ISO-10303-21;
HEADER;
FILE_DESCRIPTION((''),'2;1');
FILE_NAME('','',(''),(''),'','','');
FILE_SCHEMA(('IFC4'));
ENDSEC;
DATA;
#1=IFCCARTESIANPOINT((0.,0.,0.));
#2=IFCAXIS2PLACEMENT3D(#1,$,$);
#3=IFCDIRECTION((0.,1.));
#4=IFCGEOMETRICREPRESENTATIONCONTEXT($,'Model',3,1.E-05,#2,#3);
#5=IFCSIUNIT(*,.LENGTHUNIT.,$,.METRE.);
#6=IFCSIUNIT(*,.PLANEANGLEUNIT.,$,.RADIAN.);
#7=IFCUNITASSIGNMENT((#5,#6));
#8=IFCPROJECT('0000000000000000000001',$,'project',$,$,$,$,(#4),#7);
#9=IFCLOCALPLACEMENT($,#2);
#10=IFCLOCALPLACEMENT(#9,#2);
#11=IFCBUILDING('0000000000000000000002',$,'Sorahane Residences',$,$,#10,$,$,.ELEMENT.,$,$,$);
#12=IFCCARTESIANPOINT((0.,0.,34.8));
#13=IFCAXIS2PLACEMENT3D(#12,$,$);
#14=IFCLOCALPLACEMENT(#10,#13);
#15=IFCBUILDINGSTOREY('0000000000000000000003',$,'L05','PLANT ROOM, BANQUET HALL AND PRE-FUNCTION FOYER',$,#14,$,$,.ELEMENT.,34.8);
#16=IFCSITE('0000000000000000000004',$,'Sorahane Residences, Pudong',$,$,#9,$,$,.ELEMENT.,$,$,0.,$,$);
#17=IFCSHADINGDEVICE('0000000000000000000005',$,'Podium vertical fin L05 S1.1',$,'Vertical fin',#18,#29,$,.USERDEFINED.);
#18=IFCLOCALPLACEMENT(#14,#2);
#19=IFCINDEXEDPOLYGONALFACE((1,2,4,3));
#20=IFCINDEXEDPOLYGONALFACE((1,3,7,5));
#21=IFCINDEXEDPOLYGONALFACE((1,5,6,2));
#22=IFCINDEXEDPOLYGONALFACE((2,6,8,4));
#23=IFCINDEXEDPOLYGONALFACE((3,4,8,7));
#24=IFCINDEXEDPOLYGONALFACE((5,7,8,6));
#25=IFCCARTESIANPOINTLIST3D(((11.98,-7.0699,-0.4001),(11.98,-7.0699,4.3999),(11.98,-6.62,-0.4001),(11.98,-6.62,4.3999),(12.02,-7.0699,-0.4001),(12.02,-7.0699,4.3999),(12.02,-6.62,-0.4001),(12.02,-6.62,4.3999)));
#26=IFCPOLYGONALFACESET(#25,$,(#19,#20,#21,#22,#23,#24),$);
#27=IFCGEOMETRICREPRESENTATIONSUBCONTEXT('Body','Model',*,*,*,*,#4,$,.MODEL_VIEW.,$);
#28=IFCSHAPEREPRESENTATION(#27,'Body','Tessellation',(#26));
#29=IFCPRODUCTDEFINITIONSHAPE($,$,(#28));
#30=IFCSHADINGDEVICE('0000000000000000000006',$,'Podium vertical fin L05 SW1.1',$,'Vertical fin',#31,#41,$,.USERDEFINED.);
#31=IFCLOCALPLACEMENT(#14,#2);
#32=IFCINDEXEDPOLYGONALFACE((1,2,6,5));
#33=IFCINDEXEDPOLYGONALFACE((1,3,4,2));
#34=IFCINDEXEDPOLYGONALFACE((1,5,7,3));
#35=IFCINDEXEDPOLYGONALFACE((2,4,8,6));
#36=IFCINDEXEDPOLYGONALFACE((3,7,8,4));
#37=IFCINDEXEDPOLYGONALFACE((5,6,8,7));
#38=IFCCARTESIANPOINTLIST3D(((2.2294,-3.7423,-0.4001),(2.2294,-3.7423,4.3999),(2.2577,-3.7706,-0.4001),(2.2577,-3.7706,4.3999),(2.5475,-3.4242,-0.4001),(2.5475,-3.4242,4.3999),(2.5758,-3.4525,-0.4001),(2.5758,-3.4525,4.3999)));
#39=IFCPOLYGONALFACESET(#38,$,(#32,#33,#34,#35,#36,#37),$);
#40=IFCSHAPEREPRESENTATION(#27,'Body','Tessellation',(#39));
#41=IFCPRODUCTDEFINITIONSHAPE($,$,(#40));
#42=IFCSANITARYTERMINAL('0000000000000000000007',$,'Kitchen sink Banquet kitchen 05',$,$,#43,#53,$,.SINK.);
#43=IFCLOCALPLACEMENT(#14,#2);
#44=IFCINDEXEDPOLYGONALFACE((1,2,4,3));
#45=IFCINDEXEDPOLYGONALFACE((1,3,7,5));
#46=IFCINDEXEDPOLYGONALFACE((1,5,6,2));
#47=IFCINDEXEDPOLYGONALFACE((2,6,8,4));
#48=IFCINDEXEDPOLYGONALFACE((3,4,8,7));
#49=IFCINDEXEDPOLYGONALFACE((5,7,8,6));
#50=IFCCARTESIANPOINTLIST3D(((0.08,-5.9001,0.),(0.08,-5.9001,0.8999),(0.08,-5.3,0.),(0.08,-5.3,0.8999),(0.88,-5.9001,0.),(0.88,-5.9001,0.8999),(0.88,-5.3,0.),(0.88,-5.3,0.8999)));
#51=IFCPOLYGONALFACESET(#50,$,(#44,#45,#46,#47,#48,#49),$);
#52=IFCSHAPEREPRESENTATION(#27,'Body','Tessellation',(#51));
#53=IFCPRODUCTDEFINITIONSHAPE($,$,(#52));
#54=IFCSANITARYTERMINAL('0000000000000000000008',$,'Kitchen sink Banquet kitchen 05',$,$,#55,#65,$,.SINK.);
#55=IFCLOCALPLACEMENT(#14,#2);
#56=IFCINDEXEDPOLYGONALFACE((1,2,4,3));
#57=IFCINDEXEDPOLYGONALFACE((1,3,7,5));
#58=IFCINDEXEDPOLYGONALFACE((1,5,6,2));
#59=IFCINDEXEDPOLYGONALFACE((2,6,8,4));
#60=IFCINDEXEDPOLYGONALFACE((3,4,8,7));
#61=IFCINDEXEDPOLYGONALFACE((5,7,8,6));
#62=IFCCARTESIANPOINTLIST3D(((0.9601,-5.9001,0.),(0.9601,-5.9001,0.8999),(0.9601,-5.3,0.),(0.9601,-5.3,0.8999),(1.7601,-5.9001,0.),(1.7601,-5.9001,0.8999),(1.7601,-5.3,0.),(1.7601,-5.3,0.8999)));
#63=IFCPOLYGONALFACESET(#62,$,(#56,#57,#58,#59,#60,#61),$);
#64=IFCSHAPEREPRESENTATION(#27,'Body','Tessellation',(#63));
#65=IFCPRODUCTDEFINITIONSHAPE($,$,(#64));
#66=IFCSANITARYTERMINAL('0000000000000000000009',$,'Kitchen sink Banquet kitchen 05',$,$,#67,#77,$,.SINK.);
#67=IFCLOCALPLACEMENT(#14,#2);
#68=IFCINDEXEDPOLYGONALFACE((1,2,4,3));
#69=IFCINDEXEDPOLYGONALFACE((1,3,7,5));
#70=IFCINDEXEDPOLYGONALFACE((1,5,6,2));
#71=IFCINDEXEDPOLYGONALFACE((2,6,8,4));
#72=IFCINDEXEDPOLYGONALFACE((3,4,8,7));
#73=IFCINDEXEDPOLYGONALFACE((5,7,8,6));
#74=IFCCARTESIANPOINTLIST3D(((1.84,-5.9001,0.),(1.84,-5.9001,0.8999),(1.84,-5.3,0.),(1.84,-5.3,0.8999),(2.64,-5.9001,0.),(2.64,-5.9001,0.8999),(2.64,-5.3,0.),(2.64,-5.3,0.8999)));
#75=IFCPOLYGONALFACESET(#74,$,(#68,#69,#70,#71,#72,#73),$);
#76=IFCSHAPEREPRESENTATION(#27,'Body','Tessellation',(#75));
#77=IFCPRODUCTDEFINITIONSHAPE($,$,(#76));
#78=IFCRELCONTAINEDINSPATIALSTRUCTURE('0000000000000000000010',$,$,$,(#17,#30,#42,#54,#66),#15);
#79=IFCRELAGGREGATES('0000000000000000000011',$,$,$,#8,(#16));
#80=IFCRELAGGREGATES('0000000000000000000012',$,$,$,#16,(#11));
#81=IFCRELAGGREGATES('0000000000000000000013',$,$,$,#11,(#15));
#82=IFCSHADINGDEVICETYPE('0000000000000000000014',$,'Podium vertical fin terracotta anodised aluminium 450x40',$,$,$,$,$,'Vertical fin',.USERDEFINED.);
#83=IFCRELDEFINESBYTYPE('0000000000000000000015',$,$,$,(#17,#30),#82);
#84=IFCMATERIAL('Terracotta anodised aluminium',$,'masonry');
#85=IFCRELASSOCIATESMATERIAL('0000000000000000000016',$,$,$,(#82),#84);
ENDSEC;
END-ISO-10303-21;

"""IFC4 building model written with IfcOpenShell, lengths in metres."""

from ifc_helpers import new_model, si_unit, direction, frame, origin, origin_2d, place, context, subcontext, project, spatial, rectangle, extrude, material, material_profile, profile_set, type_object, element, save


model = new_model("IFC4")

# Units and contexts
model_context = context("Model", 3, precision=1e-05, world=origin(), true_north=direction((0.0, 1.0)))
body_context = subcontext(model_context, "Body", "Model", "MODEL_VIEW")
ifc_project = project(units=[si_unit("LENGTHUNIT", "METRE"), si_unit("PLANEANGLEUNIT", "RADIAN")], contexts=[model_context])

# Site, building, storey
site_placement = place(None, origin())
site = spatial("IfcSite", under=ifc_project, at=site_placement, Name="Sorahane Residences, Pudong", CompositionType="ELEMENT", RefElevation=0.0)
building_placement = place(site_placement, origin())
building = spatial("IfcBuilding", under=site, at=building_placement, Name="Sorahane Residences", CompositionType="ELEMENT")
storey_placement = place(building_placement, frame((0.0, 0.0, 34.8)))
storey = spatial("IfcBuildingStorey", under=building, at=storey_placement, Name="L05", Description="PLANT ROOM, BANQUET HALL AND PRE-FUNCTION FOYER", CompositionType="ELEMENT", Elevation=34.8)

# Shading devices
ifc_material_1 = material(Name="Terracotta anodised aluminium", Category="masonry")
ifc_material_profile_1 = material_profile(ifc_material_1, rectangle(XDim=0.45, YDim=0.04, at=origin_2d()), Name="Podium vertical fin terracotta anodised aluminium 450x40")
ifc_profile_set_1 = profile_set([ifc_material_profile_1], Name="Terracotta anodised aluminium")
shading_device_type = type_object("IfcShadingDeviceType", Name="Podium vertical fin terracotta anodised aluminium 450x40", ElementType="Vertical fin", PredefinedType="USERDEFINED", material=ifc_profile_set_1)
for number, where, z_axis, x_axis, name in (
    (1, (12.0, -6.845, -0.4001), (0.0, 0.0, 1.0), (0.0, -1.0, 0.0), "Podium vertical fin L05 S1.1"),
    (2, (2.4026, -3.5974, -0.4001), (0.0, 0.0, 1.0), (-0.707107, -0.707107, 0.0), "Podium vertical fin L05 SW1.1"),
):
    element("IfcShadingDevice", number, at=place(storey_placement, frame(where, z_axis=z_axis, x_axis=x_axis)), inside=storey, type_object=shading_device_type, Name=name, ObjectType="Vertical fin", PredefinedType="USERDEFINED", context=body_context, shape_type="SweptSolid", body=[
        extrude(rectangle(XDim=0.45, YDim=0.04, at=origin_2d()), origin(), (0.0, 0.0, 1.0), 4.8),
    ])

# Sanitary terminals
for number, where, z_axis, x_axis, name in (
    (3, (0.48, -5.6001, 0.0), (0.0, 0.0, 1.0), (-1.0, 0.0, 0.0), "Kitchen sink Banquet kitchen 05"),
    (4, (1.3601, -5.6001, 0.0), (0.0, 0.0, 1.0), (-1.0, 0.0, 0.0), "Kitchen sink Banquet kitchen 05"),
    (5, (2.24, -5.6001, 0.0), (0.0, 0.0, 1.0), (-1.0, 0.0, 0.0), "Kitchen sink Banquet kitchen 05"),
):
    element("IfcSanitaryTerminal", number, at=place(storey_placement, frame(where, z_axis=z_axis, x_axis=x_axis)), inside=storey, Name=name, PredefinedType="SINK", context=body_context, shape_type="SweptSolid", body=[
        extrude(rectangle(XDim=0.8, YDim=0.6001, at=origin_2d()), origin(), (0.0, 0.0, 1.0), 0.8999),
    ])

save(model, "model.ifc")
